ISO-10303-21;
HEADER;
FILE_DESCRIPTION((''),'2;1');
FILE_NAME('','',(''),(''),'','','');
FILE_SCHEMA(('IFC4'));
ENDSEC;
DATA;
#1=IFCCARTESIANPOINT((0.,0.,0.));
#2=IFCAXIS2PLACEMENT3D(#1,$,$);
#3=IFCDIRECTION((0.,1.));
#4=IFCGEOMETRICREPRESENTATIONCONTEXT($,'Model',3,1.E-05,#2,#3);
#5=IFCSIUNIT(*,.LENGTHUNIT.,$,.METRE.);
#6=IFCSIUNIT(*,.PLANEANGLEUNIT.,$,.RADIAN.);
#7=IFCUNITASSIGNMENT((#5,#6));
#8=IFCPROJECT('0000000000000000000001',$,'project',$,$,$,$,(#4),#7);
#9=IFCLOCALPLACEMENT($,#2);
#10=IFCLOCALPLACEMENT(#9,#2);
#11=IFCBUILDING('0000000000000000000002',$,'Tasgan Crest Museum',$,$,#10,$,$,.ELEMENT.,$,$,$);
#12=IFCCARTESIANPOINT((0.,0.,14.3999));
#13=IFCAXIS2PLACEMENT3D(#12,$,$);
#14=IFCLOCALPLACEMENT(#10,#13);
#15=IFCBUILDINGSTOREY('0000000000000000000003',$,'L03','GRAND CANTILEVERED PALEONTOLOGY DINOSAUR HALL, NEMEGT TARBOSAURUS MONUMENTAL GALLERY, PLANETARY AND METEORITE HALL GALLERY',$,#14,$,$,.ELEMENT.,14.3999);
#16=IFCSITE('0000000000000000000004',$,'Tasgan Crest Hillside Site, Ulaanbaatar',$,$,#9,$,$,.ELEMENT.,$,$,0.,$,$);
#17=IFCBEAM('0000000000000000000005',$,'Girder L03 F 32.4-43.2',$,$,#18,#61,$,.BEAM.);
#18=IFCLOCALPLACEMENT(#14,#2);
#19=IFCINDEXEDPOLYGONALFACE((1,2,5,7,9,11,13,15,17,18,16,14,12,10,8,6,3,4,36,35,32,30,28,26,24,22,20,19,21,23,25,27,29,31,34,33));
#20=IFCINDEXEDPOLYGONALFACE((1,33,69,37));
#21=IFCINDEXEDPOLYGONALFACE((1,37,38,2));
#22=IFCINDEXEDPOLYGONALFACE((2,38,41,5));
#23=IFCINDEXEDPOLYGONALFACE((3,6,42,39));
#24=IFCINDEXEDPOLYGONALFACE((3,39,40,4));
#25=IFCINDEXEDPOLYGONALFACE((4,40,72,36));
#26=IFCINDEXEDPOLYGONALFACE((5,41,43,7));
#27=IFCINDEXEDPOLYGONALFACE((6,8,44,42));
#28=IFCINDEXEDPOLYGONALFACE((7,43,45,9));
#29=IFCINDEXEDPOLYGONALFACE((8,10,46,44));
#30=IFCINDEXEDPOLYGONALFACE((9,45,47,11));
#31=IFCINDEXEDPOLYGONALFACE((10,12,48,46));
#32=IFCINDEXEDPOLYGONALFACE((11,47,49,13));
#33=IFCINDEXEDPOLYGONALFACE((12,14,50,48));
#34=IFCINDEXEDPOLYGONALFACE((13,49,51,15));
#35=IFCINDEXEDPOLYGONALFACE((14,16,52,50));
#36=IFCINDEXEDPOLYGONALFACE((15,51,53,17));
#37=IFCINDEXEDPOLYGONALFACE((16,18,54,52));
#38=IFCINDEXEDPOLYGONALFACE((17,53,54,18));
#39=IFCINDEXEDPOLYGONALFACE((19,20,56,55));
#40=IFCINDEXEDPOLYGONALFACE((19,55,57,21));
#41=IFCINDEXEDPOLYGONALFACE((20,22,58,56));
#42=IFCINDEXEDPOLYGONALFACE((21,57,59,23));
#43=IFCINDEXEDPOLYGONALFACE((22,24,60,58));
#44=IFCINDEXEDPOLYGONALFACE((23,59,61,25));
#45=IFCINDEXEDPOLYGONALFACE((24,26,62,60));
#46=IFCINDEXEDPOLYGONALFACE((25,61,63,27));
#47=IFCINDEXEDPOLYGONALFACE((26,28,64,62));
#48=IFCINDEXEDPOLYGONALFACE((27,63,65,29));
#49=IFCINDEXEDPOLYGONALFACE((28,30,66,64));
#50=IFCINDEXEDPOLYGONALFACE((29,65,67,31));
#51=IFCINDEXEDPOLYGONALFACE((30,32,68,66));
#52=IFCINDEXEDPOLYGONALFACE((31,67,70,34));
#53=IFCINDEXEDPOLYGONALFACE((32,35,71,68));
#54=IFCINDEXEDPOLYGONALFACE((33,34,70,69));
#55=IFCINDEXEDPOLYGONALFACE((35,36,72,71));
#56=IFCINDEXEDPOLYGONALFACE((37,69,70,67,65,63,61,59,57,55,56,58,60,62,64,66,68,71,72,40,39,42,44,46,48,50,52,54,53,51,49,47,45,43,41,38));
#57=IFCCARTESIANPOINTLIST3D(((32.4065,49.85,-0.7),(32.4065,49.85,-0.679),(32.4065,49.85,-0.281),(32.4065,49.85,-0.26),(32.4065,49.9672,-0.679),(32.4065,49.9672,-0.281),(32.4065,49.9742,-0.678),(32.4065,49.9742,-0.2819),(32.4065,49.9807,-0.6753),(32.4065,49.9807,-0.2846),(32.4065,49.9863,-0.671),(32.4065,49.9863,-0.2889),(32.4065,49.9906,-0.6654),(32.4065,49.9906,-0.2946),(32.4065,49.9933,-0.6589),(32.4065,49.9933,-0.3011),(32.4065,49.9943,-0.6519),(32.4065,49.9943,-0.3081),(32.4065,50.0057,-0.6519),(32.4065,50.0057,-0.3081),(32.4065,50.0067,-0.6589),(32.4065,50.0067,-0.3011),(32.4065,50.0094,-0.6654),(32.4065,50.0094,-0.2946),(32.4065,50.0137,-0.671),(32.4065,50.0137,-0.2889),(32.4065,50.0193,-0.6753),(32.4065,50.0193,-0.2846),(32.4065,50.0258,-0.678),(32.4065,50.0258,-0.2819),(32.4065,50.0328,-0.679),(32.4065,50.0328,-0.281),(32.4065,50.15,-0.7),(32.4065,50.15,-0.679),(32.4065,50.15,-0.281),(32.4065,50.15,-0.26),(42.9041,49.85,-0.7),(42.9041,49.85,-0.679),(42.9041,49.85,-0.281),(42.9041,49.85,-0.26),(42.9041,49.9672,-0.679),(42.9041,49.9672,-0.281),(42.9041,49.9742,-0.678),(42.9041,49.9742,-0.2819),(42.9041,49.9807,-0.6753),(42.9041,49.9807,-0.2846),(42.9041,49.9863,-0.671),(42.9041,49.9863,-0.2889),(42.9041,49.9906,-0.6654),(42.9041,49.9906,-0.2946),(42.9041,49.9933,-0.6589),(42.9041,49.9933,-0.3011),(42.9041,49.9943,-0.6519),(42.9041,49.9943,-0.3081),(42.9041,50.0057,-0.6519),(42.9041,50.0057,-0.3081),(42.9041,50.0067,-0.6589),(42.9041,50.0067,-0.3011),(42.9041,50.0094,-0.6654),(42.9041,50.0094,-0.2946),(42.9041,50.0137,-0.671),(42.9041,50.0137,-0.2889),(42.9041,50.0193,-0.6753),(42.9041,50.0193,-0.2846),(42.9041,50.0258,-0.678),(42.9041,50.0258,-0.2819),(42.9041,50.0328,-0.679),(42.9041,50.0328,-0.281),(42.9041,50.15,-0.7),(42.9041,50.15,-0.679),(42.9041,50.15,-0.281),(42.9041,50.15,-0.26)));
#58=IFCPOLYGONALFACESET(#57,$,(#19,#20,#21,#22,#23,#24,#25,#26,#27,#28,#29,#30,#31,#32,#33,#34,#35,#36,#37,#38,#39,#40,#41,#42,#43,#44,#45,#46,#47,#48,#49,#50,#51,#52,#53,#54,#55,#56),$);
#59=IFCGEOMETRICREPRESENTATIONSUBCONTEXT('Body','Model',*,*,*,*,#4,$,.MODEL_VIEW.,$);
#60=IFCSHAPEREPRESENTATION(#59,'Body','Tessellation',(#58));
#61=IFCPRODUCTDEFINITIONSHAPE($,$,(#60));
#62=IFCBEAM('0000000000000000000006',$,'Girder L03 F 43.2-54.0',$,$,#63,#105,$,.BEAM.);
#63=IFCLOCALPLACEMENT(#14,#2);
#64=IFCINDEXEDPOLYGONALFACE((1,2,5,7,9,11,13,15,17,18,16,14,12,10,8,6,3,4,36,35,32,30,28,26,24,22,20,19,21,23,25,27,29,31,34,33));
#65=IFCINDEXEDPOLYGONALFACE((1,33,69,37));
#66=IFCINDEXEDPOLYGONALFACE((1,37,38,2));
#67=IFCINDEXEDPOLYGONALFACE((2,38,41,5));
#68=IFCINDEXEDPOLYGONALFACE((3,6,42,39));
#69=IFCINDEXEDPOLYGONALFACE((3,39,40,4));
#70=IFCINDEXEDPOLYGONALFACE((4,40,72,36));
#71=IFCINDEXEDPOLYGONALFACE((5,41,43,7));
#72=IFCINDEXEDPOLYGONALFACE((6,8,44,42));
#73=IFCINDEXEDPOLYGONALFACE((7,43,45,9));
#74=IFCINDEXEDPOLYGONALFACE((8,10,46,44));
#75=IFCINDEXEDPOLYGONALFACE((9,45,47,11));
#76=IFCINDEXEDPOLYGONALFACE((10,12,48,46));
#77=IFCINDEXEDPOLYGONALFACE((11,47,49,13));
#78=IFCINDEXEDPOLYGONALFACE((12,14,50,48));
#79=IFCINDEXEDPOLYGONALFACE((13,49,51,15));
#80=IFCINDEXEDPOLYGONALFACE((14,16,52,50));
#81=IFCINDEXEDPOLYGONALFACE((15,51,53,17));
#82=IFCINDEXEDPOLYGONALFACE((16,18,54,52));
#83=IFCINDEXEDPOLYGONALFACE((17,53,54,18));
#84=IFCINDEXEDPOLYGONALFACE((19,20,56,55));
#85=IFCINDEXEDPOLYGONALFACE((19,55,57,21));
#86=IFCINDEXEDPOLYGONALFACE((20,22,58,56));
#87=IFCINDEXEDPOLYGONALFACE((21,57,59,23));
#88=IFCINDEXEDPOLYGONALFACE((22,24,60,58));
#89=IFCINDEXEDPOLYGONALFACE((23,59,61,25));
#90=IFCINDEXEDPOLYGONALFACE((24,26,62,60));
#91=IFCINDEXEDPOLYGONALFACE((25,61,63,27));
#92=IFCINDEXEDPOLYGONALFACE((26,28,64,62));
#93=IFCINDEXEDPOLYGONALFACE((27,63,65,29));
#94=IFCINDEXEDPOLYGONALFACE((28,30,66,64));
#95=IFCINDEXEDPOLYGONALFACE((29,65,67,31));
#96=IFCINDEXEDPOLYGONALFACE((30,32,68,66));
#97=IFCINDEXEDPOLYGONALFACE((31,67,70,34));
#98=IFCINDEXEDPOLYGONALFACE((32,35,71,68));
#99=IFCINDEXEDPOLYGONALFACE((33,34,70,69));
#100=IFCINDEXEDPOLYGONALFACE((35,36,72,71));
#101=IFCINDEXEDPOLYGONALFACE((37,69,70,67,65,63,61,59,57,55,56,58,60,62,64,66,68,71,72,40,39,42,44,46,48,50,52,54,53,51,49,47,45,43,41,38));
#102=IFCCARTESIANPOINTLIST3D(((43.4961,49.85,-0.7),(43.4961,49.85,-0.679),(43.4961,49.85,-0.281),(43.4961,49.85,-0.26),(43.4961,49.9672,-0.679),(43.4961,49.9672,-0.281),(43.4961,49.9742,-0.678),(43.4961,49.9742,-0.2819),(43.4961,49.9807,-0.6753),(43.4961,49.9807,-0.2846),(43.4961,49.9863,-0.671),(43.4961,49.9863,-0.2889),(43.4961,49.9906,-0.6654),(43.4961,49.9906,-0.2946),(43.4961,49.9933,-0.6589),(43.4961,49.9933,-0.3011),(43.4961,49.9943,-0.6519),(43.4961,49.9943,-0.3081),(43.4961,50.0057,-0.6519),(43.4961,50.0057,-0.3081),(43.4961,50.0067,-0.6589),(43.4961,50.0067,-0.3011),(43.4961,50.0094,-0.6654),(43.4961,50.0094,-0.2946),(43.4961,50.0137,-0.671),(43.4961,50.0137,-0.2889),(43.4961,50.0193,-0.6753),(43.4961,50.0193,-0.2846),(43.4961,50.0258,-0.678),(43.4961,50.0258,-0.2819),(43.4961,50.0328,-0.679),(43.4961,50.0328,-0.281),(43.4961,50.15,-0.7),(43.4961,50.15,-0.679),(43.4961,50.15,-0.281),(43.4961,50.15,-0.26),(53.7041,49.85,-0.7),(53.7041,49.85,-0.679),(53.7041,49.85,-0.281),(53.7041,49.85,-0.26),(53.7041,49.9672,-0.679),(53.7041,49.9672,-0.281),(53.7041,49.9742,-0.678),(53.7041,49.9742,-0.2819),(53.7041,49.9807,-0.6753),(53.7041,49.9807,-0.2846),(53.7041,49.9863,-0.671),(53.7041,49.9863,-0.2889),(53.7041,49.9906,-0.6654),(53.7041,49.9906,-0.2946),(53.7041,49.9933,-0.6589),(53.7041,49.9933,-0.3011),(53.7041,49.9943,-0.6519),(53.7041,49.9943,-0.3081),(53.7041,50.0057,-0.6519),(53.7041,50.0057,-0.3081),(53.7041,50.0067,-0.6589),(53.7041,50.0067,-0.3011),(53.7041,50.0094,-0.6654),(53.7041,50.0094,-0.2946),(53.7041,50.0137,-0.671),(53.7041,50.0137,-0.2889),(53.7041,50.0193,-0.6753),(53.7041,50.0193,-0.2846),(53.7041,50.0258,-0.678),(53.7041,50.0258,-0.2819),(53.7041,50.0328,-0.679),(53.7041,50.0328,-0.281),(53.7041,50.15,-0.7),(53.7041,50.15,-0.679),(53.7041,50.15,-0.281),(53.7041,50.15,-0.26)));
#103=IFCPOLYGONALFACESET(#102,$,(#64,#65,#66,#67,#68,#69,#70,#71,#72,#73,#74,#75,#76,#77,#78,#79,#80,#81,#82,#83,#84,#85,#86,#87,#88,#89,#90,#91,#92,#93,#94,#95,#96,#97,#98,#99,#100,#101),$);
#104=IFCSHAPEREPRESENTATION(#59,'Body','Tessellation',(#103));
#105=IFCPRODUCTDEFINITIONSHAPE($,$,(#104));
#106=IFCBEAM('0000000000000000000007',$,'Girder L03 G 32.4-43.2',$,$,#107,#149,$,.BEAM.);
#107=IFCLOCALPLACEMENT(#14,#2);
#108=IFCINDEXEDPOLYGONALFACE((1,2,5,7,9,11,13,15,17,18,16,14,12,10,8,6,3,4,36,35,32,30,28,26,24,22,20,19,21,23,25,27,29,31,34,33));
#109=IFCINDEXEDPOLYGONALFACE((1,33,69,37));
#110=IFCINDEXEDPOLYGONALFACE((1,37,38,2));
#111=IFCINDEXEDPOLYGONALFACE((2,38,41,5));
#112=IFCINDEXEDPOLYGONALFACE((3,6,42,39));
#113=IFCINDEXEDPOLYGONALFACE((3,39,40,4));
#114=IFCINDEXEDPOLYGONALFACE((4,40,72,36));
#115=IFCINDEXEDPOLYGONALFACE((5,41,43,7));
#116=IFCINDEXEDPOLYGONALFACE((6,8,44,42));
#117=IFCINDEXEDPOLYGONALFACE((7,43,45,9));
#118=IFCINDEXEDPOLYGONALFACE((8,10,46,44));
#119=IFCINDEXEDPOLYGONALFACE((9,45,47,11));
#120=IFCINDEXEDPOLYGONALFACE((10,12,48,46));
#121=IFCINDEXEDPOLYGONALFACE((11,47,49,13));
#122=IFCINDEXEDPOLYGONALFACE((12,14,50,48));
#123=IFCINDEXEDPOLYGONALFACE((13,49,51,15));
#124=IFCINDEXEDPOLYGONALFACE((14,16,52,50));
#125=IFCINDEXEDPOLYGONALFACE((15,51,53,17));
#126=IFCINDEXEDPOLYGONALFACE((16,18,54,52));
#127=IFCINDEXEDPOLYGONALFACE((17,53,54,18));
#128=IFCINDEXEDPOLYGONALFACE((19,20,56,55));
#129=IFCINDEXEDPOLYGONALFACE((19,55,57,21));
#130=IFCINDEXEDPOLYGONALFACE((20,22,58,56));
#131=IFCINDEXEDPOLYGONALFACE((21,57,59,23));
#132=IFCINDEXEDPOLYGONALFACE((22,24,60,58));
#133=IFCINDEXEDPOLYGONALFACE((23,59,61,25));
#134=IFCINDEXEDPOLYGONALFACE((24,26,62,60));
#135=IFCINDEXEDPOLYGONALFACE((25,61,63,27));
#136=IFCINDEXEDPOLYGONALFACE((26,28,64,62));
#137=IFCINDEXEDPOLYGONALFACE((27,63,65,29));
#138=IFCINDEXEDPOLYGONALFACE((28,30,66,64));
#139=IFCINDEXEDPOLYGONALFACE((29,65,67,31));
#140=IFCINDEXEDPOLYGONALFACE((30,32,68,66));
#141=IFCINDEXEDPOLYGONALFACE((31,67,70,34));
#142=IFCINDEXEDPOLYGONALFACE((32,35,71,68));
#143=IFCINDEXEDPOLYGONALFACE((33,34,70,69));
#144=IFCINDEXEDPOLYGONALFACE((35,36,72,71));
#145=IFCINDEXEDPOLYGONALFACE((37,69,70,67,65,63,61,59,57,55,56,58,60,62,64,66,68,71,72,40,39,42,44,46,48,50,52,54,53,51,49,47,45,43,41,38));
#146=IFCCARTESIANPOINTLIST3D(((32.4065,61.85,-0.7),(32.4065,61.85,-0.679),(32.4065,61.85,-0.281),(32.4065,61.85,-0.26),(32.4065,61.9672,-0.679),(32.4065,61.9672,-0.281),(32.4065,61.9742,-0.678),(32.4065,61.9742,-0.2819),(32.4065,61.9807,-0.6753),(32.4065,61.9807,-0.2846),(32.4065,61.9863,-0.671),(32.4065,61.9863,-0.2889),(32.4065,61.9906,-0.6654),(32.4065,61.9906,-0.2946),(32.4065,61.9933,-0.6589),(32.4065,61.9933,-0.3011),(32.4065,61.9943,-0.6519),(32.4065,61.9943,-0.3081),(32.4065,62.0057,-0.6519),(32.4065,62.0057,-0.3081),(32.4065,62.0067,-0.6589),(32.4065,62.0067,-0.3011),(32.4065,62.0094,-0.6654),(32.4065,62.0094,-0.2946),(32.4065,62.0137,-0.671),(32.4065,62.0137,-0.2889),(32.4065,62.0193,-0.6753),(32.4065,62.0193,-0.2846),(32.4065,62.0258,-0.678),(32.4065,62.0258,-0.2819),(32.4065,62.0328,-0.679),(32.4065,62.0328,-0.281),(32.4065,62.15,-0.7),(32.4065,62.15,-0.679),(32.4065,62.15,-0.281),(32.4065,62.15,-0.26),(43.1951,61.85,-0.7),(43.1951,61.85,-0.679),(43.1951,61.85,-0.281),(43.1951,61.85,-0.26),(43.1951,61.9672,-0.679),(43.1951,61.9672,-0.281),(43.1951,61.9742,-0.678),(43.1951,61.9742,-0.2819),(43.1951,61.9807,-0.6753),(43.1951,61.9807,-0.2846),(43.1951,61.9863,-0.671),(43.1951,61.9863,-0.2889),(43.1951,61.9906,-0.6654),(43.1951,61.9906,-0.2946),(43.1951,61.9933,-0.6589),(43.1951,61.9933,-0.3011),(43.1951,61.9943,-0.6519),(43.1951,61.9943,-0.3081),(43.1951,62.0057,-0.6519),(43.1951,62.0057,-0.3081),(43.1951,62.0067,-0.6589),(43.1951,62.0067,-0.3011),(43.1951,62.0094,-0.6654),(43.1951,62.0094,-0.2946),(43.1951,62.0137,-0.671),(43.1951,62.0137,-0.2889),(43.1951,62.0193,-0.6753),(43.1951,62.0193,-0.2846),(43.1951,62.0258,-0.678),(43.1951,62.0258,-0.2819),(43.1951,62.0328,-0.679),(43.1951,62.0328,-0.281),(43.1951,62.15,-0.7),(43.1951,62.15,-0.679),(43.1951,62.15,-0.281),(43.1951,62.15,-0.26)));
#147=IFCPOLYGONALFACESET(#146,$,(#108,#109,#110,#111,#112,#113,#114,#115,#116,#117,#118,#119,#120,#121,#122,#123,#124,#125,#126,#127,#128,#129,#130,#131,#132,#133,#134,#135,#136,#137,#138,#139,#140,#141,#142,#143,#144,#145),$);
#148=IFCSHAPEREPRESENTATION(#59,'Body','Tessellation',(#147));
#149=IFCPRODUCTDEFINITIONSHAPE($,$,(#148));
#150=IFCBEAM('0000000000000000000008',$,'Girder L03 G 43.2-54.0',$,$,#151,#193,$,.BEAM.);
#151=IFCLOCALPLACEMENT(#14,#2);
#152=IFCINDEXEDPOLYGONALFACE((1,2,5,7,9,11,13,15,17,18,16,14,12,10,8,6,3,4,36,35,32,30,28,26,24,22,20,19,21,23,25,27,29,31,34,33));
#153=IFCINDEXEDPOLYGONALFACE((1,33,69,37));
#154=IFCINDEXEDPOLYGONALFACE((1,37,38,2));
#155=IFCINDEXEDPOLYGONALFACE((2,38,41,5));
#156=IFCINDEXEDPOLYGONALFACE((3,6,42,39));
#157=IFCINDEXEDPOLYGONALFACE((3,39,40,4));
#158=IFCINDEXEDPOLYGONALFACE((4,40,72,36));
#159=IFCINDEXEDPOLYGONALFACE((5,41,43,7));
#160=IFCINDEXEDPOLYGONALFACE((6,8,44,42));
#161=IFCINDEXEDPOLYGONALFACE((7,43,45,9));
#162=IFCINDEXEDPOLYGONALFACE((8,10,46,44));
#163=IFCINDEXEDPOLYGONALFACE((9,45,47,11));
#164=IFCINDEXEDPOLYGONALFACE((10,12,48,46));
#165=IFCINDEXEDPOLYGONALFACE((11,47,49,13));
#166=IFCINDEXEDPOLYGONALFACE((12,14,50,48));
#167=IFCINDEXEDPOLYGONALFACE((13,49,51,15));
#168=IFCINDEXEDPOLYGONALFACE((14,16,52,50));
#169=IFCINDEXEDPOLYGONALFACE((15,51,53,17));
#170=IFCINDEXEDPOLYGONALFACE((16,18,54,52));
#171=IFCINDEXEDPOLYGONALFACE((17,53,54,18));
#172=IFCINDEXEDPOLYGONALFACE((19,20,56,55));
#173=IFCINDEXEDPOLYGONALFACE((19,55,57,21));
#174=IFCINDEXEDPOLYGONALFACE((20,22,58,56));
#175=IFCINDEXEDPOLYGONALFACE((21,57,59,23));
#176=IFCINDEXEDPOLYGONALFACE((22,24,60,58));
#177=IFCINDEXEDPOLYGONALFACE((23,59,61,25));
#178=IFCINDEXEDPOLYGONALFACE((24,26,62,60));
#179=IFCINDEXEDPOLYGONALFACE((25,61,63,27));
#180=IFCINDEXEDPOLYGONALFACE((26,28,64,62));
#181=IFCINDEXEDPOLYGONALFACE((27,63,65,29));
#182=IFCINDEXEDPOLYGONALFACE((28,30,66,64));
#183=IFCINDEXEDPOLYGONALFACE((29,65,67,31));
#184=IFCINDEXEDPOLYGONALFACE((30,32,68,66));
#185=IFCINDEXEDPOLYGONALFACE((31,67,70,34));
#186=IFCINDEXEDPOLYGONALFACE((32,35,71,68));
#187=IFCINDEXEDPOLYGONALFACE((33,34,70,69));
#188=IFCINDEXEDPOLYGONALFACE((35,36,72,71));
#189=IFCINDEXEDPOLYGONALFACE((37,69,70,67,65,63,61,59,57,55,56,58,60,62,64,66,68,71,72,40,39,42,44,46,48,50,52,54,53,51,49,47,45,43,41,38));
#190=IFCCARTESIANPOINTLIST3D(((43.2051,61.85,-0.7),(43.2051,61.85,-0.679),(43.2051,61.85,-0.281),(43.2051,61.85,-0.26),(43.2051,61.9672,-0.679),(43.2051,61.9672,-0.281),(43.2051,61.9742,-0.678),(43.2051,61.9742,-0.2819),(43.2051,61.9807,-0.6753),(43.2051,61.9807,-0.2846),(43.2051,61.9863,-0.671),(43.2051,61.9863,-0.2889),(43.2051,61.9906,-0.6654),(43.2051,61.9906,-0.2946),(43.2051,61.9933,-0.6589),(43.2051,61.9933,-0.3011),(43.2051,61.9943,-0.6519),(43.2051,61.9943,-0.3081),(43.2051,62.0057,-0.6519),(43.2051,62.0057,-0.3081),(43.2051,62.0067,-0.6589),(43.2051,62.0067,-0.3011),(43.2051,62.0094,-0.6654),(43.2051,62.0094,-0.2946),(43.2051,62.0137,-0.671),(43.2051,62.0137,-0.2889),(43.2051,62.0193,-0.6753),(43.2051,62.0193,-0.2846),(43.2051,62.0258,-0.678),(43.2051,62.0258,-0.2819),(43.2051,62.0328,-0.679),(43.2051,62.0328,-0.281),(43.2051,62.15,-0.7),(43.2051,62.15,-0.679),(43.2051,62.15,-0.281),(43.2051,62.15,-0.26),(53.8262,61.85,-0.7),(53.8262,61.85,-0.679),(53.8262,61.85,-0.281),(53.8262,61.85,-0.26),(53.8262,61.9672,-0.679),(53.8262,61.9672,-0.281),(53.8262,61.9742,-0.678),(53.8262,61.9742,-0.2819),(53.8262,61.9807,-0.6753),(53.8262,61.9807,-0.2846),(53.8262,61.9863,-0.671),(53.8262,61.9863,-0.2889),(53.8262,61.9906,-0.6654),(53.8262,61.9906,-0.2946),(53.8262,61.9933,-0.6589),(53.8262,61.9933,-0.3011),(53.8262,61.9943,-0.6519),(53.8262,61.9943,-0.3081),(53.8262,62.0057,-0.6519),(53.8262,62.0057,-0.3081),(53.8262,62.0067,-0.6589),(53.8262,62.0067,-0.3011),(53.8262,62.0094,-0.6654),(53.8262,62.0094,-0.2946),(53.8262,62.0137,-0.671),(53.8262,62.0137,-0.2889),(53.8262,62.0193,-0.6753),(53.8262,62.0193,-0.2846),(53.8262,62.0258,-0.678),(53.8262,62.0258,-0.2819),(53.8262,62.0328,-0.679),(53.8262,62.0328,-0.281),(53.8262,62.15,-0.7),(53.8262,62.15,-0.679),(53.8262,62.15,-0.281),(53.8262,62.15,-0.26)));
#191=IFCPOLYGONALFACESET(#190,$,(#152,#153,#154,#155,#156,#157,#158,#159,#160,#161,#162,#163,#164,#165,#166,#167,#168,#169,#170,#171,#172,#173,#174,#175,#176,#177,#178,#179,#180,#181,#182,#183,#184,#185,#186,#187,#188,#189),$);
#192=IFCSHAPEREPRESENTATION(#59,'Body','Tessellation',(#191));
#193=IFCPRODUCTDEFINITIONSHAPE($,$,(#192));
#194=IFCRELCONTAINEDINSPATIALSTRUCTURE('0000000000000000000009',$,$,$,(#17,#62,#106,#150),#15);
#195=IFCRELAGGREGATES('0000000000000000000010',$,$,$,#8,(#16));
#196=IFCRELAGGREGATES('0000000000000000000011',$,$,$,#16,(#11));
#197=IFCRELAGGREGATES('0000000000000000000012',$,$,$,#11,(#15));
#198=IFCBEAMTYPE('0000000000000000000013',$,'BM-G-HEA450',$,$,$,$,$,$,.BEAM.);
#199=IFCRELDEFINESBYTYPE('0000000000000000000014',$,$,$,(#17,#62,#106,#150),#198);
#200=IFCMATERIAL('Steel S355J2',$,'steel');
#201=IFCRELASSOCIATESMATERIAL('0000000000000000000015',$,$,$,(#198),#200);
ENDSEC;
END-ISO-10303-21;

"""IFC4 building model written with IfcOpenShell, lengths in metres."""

from ifc_helpers import new_model, si_unit, direction, frame, origin, origin_2d, place, context, subcontext, project, spatial, i_section, extrude, material, material_profile, profile_set, type_object, element, save


model = new_model("IFC4")

# Units and contexts
model_context = context("Model", 3, precision=1e-05, world=origin(), true_north=direction((0.0, 1.0)))
body_context = subcontext(model_context, "Body", "Model", "MODEL_VIEW")
ifc_project = project(units=[si_unit("LENGTHUNIT", "METRE"), si_unit("PLANEANGLEUNIT", "RADIAN")], contexts=[model_context])

# Site, building, storey
site_placement = place(None, origin())
site = spatial("IfcSite", under=ifc_project, at=site_placement, Name="Tasgan Crest Hillside Site, Ulaanbaatar", CompositionType="ELEMENT", RefElevation=0.0)
building_placement = place(site_placement, origin())
building = spatial("IfcBuilding", under=site, at=building_placement, Name="Tasgan Crest Museum", CompositionType="ELEMENT")
storey_placement = place(building_placement, frame((0.0, 0.0, 14.3999)))
storey = spatial("IfcBuildingStorey", under=building, at=storey_placement, Name="L03", Description="GRAND CANTILEVERED PALEONTOLOGY DINOSAUR HALL, NEMEGT TARBOSAURUS MONUMENTAL GALLERY, PLANETARY AND METEORITE HALL GALLERY", CompositionType="ELEMENT", Elevation=14.3999)

# Beams
ifc_material_1 = material(Name="Steel S355J2", Category="steel")
ifc_material_profile_1 = material_profile(ifc_material_1, i_section(OverallWidth=0.3, OverallDepth=0.4399, WebThickness=0.0115, FlangeThickness=0.021, FilletRadius=0.0271, at=origin_2d()), Name="HEA 450")
ifc_profile_set_1 = profile_set([ifc_material_profile_1], Name="Steel S355J2")
beam_type_1 = type_object("IfcBeamType", Name="BM-G-HEA450", PredefinedType="BEAM", material=ifc_profile_set_1)
beam_1_placement = place(storey_placement, frame((32.4065, 50.0, -0.48), z_axis=(1.0, 0.0, 0.0), x_axis=(0.0, 1.0, 0.0)))
element("IfcBeam", 1, at=beam_1_placement, inside=storey, type_object=beam_type_1, Name="Girder L03 F 32.4-43.2", PredefinedType="BEAM", context=body_context, shape_type="SweptSolid", body=[
    extrude(i_section(OverallWidth=0.3, OverallDepth=0.4399, WebThickness=0.0115, FlangeThickness=0.021, FilletRadius=0.0271, at=origin_2d()), origin(), (0.0, 0.0, 1.0), 10.4976),
])
beam_2_placement = place(storey_placement, frame((43.4961, 50.0, -0.48), z_axis=(1.0, 0.0, 0.0), x_axis=(0.0, 1.0, 0.0)))
element("IfcBeam", 2, at=beam_2_placement, inside=storey, type_object=beam_type_1, Name="Girder L03 F 43.2-54.0", PredefinedType="BEAM", context=body_context, shape_type="SweptSolid", body=[
    extrude(i_section(OverallWidth=0.3, OverallDepth=0.4399, WebThickness=0.0115, FlangeThickness=0.021, FilletRadius=0.0271, at=origin_2d()), origin(), (0.0, 0.0, 1.0), 10.208),
])
beam_3_placement = place(storey_placement, frame((32.4065, 62.0, -0.48), z_axis=(1.0, 0.0, 0.0), x_axis=(0.0, 1.0, 0.0)))
element("IfcBeam", 3, at=beam_3_placement, inside=storey, type_object=beam_type_1, Name="Girder L03 G 32.4-43.2", PredefinedType="BEAM", context=body_context, shape_type="SweptSolid", body=[
    extrude(i_section(OverallWidth=0.3, OverallDepth=0.4399, WebThickness=0.0115, FlangeThickness=0.021, FilletRadius=0.0271, at=origin_2d()), origin(), (0.0, 0.0, 1.0), 10.7886),
])
beam_4_placement = place(storey_placement, frame((43.2051, 62.0, -0.48), z_axis=(1.0, 0.0, 0.0), x_axis=(0.0, 1.0, 0.0)))
element("IfcBeam", 4, at=beam_4_placement, inside=storey, type_object=beam_type_1, Name="Girder L03 G 43.2-54.0", PredefinedType="BEAM", context=body_context, shape_type="SweptSolid", body=[
    extrude(i_section(OverallWidth=0.3, OverallDepth=0.4399, WebThickness=0.0115, FlangeThickness=0.021, FilletRadius=0.0271, at=origin_2d()), origin(), (0.0, 0.0, 1.0), 10.6211),
])

save(model, "model.ifc")
